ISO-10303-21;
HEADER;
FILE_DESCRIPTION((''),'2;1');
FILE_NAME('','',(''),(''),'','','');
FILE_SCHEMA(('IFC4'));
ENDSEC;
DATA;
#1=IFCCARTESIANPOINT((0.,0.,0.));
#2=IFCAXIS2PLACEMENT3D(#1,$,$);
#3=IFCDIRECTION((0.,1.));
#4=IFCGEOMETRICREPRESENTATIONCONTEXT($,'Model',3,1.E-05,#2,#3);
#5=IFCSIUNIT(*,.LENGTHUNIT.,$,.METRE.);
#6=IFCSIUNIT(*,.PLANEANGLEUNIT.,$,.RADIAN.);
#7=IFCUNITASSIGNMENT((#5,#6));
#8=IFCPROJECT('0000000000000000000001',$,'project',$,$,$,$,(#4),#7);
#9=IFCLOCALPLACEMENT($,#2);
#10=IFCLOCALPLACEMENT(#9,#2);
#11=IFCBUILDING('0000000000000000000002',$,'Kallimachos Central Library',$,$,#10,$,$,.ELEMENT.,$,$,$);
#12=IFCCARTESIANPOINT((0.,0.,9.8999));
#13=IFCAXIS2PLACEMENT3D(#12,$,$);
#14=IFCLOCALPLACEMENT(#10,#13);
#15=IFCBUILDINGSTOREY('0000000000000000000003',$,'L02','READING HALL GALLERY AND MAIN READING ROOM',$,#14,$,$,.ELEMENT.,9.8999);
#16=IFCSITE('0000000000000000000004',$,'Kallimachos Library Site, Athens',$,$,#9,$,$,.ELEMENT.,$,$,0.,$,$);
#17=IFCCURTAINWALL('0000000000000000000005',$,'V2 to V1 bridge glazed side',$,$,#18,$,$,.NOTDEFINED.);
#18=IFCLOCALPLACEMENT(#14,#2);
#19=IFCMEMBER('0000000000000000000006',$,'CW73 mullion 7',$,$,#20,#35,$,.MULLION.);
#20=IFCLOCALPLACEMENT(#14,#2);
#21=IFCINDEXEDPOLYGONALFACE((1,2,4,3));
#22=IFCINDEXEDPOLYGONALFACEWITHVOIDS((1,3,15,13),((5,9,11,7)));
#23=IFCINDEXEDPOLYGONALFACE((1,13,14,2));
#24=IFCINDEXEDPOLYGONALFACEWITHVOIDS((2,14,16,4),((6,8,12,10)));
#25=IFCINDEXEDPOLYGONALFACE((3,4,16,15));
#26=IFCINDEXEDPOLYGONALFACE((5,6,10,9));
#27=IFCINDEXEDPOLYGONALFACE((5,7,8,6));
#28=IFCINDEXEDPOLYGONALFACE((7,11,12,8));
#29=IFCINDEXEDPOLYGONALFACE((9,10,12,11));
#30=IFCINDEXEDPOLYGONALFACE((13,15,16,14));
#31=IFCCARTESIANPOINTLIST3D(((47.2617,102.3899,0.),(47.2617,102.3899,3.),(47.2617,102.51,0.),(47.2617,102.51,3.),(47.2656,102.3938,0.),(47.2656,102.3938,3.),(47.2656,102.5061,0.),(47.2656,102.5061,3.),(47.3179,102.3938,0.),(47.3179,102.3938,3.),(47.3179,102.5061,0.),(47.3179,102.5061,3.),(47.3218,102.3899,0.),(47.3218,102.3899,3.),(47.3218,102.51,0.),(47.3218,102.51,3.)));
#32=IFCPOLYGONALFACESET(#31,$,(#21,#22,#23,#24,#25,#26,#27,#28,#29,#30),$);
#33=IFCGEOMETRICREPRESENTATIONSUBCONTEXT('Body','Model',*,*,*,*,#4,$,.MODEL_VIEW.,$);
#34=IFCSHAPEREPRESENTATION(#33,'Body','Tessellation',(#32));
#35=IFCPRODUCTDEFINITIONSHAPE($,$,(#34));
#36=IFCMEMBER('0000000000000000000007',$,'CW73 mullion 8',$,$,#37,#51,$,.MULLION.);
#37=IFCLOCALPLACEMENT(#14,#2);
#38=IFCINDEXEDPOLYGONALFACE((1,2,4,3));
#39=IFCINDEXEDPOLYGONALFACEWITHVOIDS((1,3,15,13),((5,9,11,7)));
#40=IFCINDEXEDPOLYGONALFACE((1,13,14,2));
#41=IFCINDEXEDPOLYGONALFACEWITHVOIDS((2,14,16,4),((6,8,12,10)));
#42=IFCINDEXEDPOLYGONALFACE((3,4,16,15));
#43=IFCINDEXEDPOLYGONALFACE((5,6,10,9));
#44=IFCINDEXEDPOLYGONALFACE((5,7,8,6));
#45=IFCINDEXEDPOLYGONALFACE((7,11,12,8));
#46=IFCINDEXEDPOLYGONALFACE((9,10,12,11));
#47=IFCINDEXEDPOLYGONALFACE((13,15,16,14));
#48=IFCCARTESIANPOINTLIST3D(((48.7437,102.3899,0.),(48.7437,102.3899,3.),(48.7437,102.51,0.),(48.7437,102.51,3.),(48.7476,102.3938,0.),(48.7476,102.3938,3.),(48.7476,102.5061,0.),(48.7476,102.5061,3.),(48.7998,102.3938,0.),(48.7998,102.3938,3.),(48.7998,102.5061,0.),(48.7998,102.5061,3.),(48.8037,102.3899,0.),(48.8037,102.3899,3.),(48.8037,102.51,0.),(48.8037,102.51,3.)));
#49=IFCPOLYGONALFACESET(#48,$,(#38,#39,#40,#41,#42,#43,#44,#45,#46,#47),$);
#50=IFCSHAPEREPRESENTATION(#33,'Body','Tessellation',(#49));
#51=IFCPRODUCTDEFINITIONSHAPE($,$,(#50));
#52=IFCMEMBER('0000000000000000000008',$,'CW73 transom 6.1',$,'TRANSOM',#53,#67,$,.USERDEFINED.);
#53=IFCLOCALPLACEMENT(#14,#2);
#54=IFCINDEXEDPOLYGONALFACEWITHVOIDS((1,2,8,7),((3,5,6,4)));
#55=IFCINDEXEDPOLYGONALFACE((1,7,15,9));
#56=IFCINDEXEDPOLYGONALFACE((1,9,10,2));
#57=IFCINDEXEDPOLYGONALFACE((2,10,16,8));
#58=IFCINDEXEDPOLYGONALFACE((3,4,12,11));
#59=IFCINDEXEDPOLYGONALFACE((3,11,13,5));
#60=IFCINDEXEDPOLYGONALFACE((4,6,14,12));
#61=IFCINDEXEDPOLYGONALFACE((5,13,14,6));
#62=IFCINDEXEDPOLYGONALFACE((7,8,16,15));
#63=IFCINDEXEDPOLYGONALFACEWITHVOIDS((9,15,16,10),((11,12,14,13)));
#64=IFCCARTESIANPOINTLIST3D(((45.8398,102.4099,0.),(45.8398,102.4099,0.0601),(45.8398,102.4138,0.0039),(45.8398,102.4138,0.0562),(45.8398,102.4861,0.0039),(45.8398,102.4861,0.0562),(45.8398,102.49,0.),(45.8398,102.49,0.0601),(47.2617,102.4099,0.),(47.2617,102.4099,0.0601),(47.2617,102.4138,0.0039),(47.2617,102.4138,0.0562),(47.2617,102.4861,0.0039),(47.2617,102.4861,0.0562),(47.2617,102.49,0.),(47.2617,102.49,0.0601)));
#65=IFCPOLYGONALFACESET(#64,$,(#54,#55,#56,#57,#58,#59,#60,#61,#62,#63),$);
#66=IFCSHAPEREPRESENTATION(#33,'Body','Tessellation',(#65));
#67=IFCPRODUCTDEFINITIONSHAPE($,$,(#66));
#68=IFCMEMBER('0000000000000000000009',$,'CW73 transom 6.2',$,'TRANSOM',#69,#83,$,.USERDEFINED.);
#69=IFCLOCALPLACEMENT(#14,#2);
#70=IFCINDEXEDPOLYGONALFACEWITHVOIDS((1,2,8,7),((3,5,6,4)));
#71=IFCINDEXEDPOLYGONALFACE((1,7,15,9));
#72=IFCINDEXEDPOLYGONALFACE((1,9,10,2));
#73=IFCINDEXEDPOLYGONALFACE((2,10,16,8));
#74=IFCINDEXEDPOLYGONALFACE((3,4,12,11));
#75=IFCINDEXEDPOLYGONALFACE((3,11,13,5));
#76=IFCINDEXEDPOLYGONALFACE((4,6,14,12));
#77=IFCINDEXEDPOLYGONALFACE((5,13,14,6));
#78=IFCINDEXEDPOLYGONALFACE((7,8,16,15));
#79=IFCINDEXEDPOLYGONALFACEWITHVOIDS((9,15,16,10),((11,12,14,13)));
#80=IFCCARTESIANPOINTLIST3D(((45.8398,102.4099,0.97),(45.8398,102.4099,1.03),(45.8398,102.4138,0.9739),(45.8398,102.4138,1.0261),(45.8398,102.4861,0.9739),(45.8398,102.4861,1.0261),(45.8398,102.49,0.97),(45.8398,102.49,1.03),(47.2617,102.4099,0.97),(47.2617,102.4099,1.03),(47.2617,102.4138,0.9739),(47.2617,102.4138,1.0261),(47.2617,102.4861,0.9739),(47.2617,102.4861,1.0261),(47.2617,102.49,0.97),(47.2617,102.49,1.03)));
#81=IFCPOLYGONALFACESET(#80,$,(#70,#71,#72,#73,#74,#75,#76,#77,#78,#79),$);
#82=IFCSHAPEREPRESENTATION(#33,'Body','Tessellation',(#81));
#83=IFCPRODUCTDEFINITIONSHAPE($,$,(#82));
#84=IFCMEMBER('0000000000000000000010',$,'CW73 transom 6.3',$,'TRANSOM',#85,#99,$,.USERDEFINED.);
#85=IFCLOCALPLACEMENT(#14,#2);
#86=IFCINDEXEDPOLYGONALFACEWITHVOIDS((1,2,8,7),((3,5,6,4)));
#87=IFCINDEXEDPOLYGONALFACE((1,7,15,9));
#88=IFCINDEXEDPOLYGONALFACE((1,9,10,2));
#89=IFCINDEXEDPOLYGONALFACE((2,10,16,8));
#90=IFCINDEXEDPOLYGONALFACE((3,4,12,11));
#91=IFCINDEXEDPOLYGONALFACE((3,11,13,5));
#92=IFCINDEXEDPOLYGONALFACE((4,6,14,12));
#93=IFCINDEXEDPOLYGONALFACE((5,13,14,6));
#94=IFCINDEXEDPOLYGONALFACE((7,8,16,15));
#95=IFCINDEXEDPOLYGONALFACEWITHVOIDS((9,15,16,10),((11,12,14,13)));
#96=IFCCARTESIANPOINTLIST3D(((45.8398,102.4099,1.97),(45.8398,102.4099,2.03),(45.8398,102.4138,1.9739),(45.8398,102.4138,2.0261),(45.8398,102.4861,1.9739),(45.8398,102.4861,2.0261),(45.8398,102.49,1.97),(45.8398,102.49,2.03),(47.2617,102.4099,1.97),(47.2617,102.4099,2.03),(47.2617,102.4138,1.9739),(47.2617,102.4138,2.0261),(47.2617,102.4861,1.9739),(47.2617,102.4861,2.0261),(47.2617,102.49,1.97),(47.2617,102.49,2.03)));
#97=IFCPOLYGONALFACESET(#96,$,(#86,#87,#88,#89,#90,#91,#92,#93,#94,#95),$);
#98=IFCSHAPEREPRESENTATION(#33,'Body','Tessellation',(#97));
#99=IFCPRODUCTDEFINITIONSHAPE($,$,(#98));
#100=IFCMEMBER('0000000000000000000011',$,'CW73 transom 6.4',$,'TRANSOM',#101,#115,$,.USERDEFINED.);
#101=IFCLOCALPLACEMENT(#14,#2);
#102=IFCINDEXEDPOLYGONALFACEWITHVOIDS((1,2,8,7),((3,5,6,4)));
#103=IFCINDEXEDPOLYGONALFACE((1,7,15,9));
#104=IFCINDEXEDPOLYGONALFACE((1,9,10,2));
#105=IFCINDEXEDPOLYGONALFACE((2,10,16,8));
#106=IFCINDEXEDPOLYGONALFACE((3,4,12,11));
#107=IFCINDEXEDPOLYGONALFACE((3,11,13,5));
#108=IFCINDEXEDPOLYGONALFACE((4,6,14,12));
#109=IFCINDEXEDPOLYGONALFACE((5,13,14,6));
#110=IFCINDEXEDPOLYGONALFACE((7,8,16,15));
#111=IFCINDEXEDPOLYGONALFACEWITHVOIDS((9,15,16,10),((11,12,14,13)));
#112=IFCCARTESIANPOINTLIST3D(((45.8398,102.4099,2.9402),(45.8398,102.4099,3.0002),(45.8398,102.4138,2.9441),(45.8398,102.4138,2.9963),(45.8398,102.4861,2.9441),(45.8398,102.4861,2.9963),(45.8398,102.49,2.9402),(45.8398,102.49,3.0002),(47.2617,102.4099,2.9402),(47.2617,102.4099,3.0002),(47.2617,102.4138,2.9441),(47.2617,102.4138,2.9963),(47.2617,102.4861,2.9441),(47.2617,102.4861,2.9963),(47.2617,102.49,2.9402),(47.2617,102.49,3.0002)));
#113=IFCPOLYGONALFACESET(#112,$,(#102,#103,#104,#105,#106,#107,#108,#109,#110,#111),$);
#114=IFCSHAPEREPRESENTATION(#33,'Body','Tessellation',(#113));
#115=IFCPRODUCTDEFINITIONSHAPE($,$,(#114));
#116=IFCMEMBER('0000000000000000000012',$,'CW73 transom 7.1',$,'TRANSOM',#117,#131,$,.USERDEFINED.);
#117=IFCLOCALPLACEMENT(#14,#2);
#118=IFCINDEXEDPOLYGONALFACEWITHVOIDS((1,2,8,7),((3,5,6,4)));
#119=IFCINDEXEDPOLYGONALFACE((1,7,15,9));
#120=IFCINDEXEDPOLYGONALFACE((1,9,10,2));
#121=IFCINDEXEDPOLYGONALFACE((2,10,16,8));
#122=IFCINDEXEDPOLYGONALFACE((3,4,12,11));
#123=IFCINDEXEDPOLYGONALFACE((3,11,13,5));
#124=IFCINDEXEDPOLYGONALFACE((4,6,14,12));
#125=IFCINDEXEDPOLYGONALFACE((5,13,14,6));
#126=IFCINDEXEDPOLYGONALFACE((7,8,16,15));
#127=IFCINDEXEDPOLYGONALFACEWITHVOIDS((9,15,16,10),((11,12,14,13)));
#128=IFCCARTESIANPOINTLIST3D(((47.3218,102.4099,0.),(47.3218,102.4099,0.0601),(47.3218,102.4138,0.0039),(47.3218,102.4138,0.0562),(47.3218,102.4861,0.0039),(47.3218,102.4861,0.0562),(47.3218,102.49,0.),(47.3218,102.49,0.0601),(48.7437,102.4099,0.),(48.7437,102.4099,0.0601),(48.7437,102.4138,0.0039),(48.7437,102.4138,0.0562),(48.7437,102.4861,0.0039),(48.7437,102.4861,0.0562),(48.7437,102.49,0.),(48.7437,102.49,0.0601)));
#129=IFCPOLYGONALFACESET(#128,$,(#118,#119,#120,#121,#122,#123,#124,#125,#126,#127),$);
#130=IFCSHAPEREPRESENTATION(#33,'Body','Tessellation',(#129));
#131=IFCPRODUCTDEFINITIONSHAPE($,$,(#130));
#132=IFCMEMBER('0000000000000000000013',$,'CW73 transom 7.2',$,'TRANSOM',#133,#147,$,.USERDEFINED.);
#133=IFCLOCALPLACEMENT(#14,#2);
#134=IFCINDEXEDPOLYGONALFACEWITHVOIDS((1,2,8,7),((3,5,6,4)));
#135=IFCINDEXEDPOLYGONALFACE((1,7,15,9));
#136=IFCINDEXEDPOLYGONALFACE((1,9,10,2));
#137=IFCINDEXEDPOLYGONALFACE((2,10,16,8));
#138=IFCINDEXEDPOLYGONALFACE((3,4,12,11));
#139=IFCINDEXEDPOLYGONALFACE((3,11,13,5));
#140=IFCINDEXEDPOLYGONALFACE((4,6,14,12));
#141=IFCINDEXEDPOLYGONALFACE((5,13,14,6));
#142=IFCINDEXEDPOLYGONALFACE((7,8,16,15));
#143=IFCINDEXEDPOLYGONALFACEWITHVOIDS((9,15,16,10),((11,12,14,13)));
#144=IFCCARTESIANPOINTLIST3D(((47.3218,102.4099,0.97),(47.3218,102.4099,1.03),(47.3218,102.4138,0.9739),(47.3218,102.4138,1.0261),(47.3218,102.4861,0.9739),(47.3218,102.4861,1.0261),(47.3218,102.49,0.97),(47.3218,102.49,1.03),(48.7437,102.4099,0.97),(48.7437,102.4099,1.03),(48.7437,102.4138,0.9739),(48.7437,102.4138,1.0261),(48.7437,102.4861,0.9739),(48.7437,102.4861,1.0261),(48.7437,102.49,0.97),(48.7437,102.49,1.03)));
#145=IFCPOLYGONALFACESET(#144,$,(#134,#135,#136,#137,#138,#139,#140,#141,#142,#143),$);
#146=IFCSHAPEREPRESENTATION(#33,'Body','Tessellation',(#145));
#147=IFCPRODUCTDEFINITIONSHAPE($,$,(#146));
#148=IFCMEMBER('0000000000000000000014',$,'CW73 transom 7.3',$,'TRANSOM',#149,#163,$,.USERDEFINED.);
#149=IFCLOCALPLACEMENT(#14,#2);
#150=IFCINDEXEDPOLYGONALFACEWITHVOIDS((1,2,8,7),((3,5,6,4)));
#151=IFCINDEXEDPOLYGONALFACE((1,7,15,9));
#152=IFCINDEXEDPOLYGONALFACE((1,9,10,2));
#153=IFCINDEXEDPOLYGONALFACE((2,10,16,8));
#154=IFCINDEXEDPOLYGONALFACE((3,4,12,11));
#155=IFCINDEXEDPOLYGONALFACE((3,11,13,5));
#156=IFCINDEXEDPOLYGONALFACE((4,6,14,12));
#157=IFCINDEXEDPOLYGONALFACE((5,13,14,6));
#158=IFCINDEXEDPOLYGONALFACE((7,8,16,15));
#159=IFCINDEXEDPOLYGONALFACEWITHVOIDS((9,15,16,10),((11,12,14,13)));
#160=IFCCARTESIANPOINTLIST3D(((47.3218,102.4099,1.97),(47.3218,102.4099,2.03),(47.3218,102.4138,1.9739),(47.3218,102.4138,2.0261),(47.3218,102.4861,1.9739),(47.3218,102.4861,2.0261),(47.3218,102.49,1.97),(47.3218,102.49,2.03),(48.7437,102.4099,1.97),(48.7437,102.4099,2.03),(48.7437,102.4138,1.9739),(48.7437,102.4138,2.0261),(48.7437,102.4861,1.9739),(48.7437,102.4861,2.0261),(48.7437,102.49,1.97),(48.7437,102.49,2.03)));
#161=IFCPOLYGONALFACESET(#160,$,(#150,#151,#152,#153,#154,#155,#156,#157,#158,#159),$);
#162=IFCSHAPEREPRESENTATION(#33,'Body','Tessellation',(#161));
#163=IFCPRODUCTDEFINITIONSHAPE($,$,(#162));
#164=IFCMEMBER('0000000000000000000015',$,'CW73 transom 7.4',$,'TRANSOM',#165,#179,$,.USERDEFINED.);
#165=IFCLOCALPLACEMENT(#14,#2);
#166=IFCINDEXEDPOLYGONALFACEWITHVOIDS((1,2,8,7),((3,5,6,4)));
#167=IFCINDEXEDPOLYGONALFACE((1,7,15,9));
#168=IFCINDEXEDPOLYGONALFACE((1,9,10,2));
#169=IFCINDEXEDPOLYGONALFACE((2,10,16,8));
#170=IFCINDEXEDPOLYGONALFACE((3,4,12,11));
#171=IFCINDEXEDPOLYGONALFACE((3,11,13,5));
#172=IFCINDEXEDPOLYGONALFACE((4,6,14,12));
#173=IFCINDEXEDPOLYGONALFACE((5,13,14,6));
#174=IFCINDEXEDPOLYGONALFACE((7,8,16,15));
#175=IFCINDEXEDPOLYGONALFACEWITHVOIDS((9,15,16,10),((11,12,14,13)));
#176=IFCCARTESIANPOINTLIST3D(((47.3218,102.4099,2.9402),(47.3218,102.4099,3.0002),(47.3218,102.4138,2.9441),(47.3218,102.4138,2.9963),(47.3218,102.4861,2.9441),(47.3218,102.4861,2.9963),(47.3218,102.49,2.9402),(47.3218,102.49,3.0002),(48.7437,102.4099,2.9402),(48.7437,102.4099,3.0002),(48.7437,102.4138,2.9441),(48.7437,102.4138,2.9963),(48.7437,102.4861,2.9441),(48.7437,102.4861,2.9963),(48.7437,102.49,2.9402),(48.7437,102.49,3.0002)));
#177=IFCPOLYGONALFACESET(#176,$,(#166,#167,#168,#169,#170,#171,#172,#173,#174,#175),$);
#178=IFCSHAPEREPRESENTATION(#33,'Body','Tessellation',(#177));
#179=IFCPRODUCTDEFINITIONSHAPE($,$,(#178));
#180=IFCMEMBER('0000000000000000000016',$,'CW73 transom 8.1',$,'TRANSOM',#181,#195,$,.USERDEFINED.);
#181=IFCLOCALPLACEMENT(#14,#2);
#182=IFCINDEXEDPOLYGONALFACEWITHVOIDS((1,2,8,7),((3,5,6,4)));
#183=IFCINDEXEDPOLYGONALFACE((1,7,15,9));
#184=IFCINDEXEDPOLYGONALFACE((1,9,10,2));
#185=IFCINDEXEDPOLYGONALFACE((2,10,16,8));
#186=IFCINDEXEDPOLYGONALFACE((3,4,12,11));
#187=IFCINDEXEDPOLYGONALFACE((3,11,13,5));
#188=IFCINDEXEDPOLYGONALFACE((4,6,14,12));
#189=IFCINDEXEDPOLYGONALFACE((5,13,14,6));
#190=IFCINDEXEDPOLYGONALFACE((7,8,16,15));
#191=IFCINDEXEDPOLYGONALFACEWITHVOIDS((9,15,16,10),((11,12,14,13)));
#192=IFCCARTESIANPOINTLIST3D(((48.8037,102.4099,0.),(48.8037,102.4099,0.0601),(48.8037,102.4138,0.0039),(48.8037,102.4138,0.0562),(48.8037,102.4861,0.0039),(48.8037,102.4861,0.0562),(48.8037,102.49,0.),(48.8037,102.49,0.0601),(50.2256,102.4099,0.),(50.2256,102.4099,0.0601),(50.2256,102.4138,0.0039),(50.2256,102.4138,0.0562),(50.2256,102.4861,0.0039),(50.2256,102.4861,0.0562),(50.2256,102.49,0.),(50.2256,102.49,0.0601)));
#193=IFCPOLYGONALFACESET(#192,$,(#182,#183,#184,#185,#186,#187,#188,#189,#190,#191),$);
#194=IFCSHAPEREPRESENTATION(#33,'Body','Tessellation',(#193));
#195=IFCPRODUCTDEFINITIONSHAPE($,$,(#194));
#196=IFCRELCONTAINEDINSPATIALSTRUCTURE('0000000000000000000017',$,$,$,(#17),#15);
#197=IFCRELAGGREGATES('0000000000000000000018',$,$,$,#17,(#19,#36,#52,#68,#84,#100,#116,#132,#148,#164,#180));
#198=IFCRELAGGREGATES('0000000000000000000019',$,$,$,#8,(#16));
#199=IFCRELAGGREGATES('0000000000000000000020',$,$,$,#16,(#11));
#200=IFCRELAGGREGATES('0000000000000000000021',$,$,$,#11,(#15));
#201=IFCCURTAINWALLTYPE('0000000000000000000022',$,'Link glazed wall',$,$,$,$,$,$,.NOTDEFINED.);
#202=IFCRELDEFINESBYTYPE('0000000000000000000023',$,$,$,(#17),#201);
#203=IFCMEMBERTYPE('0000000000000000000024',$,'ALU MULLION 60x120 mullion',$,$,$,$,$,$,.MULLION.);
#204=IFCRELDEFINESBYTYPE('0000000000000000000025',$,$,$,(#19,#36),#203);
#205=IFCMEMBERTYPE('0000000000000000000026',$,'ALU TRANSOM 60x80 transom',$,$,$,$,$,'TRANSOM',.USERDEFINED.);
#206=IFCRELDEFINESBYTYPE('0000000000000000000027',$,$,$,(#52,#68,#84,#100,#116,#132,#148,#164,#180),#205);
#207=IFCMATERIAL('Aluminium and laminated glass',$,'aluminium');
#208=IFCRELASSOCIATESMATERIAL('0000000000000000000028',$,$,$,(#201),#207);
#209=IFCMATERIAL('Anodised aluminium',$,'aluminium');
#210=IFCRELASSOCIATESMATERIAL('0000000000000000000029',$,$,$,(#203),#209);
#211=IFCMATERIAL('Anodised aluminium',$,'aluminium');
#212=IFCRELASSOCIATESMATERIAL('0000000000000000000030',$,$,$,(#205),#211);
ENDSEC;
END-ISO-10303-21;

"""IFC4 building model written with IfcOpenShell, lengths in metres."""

from ifc_helpers import new_model, si_unit, direction, frame, origin, origin_2d, place, context, subcontext, project, spatial, hollow_rectangle, extrude, material, material_profile, profile_set, type_object, element, aggregate, save


model = new_model("IFC4")

# Units and contexts
model_context = context("Model", 3, precision=1e-05, world=origin(), true_north=direction((0.0, 1.0)))
body_context = subcontext(model_context, "Body", "Model", "MODEL_VIEW")
ifc_project = project(units=[si_unit("LENGTHUNIT", "METRE"), si_unit("PLANEANGLEUNIT", "RADIAN")], contexts=[model_context])

# Site, building, storey
site_placement = place(None, origin())
site = spatial("IfcSite", under=ifc_project, at=site_placement, Name="Kallimachos Library Site, Athens", CompositionType="ELEMENT", RefElevation=0.0)
building_placement = place(site_placement, origin())
building = spatial("IfcBuilding", under=site, at=building_placement, Name="Kallimachos Central Library", CompositionType="ELEMENT")
storey_placement = place(building_placement, frame((0.0, 0.0, 9.8999)))
storey = spatial("IfcBuildingStorey", under=building, at=storey_placement, Name="L02", Description="READING HALL GALLERY AND MAIN READING ROOM", CompositionType="ELEMENT", Elevation=9.8999)

# Curtain wall, members
ifc_material_1 = material(Name="Aluminium and laminated glass", Category="aluminium")
curtain_wall_type = type_object("IfcCurtainWallType", Name="Link glazed wall", PredefinedType="NOTDEFINED", material=ifc_material_1)
curtain_wall_placement = place(storey_placement, origin())
curtain_wall = element("IfcCurtainWall", 1, at=curtain_wall_placement, inside=storey, type_object=curtain_wall_type, Name="V2 to V1 bridge glazed side", PredefinedType="NOTDEFINED")
ifc_material_2 = material(Name="Anodised aluminium", Category="aluminium")
ifc_material_profile_1 = material_profile(ifc_material_2, hollow_rectangle(XDim=0.0601, YDim=0.1201, WallThickness=0.0039, at=origin_2d()), Name="ALU MULLION 60x120")
ifc_profile_set_1 = profile_set([ifc_material_profile_1], Name="Anodised aluminium")
member_type_1 = type_object("IfcMemberType", Name="ALU MULLION 60x120 mullion", PredefinedType="MULLION", material=ifc_profile_set_1)
member_1_placement = place(storey_placement, frame((47.2917, 102.45, 0.0), z_axis=(0.0, 0.0, 1.0), x_axis=(1.0, 0.0, 0.0)))
member_1 = element("IfcMember", 2, at=member_1_placement, type_object=member_type_1, Name="CW73 mullion 7", PredefinedType="MULLION", context=body_context, shape_type="SweptSolid", body=[
    extrude(hollow_rectangle(XDim=0.0601, YDim=0.1201, WallThickness=0.0039, at=origin_2d()), origin(), (0.0, 0.0, 1.0), 3.0),
])
member_2_placement = place(storey_placement, frame((48.7737, 102.45, 0.0), z_axis=(0.0, 0.0, 1.0), x_axis=(1.0, 0.0, 0.0)))
member_2 = element("IfcMember", 3, at=member_2_placement, type_object=member_type_1, Name="CW73 mullion 8", PredefinedType="MULLION", context=body_context, shape_type="SweptSolid", body=[
    extrude(hollow_rectangle(XDim=0.0601, YDim=0.1201, WallThickness=0.0039, at=origin_2d()), origin(), (0.0, 0.0, 1.0), 3.0),
])
ifc_material_3 = material(Name="Anodised aluminium", Category="aluminium")
ifc_material_profile_2 = material_profile(ifc_material_3, hollow_rectangle(XDim=0.0601, YDim=0.0801, WallThickness=0.0039, at=origin_2d()), Name="ALU TRANSOM 60x80")
ifc_profile_set_2 = profile_set([ifc_material_profile_2], Name="Anodised aluminium")
member_type_2 = type_object("IfcMemberType", Name="ALU TRANSOM 60x80 transom", ElementType="TRANSOM", PredefinedType="USERDEFINED", material=ifc_profile_set_2)
member_3_placement = place(storey_placement, frame((45.8398, 102.45, 0.03), z_axis=(1.0, 0.0, 0.0), x_axis=(0.0, 0.0, 1.0)))
member_3 = element("IfcMember", 4, at=member_3_placement, type_object=member_type_2, Name="CW73 transom 6.1", ObjectType="TRANSOM", PredefinedType="USERDEFINED", context=body_context, shape_type="SweptSolid", body=[
    extrude(hollow_rectangle(XDim=0.0601, YDim=0.0801, WallThickness=0.0039, at=origin_2d()), origin(), (0.0, 0.0, 1.0), 1.4219),
])
member_4_placement = place(storey_placement, frame((45.8398, 102.45, 1.0), z_axis=(1.0, 0.0, 0.0), x_axis=(0.0, 0.0, 1.0)))
member_4 = element("IfcMember", 5, at=member_4_placement, type_object=member_type_2, Name="CW73 transom 6.2", ObjectType="TRANSOM", PredefinedType="USERDEFINED", context=body_context, shape_type="SweptSolid", body=[
    extrude(hollow_rectangle(XDim=0.0601, YDim=0.0801, WallThickness=0.0039, at=origin_2d()), origin(), (0.0, 0.0, 1.0), 1.4219),
])
member_5_placement = place(storey_placement, frame((45.8398, 102.45, 2.0), z_axis=(1.0, 0.0, 0.0), x_axis=(0.0, 0.0, 1.0)))
member_5 = element("IfcMember", 6, at=member_5_placement, type_object=member_type_2, Name="CW73 transom 6.3", ObjectType="TRANSOM", PredefinedType="USERDEFINED", context=body_context, shape_type="SweptSolid", body=[
    extrude(hollow_rectangle(XDim=0.0601, YDim=0.0801, WallThickness=0.0039, at=origin_2d()), origin(), (0.0, 0.0, 1.0), 1.4219),
])
member_6_placement = place(storey_placement, frame((45.8398, 102.45, 2.9702), z_axis=(1.0, 0.0, 0.0), x_axis=(0.0, 0.0, 1.0)))
member_6 = element("IfcMember", 7, at=member_6_placement, type_object=member_type_2, Name="CW73 transom 6.4", ObjectType="TRANSOM", PredefinedType="USERDEFINED", context=body_context, shape_type="SweptSolid", body=[
    extrude(hollow_rectangle(XDim=0.0601, YDim=0.0801, WallThickness=0.0039, at=origin_2d()), origin(), (0.0, 0.0, 1.0), 1.4219),
])
member_7_placement = place(storey_placement, frame((47.3218, 102.45, 0.03), z_axis=(1.0, 0.0, 0.0), x_axis=(0.0, 0.0, 1.0)))
member_7 = element("IfcMember", 8, at=member_7_placement, type_object=member_type_2, Name="CW73 transom 7.1", ObjectType="TRANSOM", PredefinedType="USERDEFINED", context=body_context, shape_type="SweptSolid", body=[
    extrude(hollow_rectangle(XDim=0.0601, YDim=0.0801, WallThickness=0.0039, at=origin_2d()), origin(), (0.0, 0.0, 1.0), 1.4219),
])
member_8_placement = place(storey_placement, frame((47.3218, 102.45, 1.0), z_axis=(1.0, 0.0, 0.0), x_axis=(0.0, 0.0, 1.0)))
member_8 = element("IfcMember", 9, at=member_8_placement, type_object=member_type_2, Name="CW73 transom 7.2", ObjectType="TRANSOM", PredefinedType="USERDEFINED", context=body_context, shape_type="SweptSolid", body=[
    extrude(hollow_rectangle(XDim=0.0601, YDim=0.0801, WallThickness=0.0039, at=origin_2d()), origin(), (0.0, 0.0, 1.0), 1.4219),
])
member_9_placement = place(storey_placement, frame((47.3218, 102.45, 2.0), z_axis=(1.0, 0.0, 0.0), x_axis=(0.0, 0.0, 1.0)))
member_9 = element("IfcMember", 10, at=member_9_placement, type_object=member_type_2, Name="CW73 transom 7.3", ObjectType="TRANSOM", PredefinedType="USERDEFINED", context=body_context, shape_type="SweptSolid", body=[
    extrude(hollow_rectangle(XDim=0.0601, YDim=0.0801, WallThickness=0.0039, at=origin_2d()), origin(), (0.0, 0.0, 1.0), 1.4219),
])
member_10_placement = place(storey_placement, frame((47.3218, 102.45, 2.9702), z_axis=(1.0, 0.0, 0.0), x_axis=(0.0, 0.0, 1.0)))
member_10 = element("IfcMember", 11, at=member_10_placement, type_object=member_type_2, Name="CW73 transom 7.4", ObjectType="TRANSOM", PredefinedType="USERDEFINED", context=body_context, shape_type="SweptSolid", body=[
    extrude(hollow_rectangle(XDim=0.0601, YDim=0.0801, WallThickness=0.0039, at=origin_2d()), origin(), (0.0, 0.0, 1.0), 1.4219),
])
member_11_placement = place(storey_placement, frame((48.8037, 102.45, 0.03), z_axis=(1.0, 0.0, 0.0), x_axis=(0.0, 0.0, 1.0)))
member_11 = element("IfcMember", 12, at=member_11_placement, type_object=member_type_2, Name="CW73 transom 8.1", ObjectType="TRANSOM", PredefinedType="USERDEFINED", context=body_context, shape_type="SweptSolid", body=[
    extrude(hollow_rectangle(XDim=0.0601, YDim=0.0801, WallThickness=0.0039, at=origin_2d()), origin(), (0.0, 0.0, 1.0), 1.4219),
])

aggregate(curtain_wall, [member_1, member_2, member_3, member_4, member_5, member_6, member_7, member_8, member_9, member_10, member_11])

save(model, "model.ifc")
